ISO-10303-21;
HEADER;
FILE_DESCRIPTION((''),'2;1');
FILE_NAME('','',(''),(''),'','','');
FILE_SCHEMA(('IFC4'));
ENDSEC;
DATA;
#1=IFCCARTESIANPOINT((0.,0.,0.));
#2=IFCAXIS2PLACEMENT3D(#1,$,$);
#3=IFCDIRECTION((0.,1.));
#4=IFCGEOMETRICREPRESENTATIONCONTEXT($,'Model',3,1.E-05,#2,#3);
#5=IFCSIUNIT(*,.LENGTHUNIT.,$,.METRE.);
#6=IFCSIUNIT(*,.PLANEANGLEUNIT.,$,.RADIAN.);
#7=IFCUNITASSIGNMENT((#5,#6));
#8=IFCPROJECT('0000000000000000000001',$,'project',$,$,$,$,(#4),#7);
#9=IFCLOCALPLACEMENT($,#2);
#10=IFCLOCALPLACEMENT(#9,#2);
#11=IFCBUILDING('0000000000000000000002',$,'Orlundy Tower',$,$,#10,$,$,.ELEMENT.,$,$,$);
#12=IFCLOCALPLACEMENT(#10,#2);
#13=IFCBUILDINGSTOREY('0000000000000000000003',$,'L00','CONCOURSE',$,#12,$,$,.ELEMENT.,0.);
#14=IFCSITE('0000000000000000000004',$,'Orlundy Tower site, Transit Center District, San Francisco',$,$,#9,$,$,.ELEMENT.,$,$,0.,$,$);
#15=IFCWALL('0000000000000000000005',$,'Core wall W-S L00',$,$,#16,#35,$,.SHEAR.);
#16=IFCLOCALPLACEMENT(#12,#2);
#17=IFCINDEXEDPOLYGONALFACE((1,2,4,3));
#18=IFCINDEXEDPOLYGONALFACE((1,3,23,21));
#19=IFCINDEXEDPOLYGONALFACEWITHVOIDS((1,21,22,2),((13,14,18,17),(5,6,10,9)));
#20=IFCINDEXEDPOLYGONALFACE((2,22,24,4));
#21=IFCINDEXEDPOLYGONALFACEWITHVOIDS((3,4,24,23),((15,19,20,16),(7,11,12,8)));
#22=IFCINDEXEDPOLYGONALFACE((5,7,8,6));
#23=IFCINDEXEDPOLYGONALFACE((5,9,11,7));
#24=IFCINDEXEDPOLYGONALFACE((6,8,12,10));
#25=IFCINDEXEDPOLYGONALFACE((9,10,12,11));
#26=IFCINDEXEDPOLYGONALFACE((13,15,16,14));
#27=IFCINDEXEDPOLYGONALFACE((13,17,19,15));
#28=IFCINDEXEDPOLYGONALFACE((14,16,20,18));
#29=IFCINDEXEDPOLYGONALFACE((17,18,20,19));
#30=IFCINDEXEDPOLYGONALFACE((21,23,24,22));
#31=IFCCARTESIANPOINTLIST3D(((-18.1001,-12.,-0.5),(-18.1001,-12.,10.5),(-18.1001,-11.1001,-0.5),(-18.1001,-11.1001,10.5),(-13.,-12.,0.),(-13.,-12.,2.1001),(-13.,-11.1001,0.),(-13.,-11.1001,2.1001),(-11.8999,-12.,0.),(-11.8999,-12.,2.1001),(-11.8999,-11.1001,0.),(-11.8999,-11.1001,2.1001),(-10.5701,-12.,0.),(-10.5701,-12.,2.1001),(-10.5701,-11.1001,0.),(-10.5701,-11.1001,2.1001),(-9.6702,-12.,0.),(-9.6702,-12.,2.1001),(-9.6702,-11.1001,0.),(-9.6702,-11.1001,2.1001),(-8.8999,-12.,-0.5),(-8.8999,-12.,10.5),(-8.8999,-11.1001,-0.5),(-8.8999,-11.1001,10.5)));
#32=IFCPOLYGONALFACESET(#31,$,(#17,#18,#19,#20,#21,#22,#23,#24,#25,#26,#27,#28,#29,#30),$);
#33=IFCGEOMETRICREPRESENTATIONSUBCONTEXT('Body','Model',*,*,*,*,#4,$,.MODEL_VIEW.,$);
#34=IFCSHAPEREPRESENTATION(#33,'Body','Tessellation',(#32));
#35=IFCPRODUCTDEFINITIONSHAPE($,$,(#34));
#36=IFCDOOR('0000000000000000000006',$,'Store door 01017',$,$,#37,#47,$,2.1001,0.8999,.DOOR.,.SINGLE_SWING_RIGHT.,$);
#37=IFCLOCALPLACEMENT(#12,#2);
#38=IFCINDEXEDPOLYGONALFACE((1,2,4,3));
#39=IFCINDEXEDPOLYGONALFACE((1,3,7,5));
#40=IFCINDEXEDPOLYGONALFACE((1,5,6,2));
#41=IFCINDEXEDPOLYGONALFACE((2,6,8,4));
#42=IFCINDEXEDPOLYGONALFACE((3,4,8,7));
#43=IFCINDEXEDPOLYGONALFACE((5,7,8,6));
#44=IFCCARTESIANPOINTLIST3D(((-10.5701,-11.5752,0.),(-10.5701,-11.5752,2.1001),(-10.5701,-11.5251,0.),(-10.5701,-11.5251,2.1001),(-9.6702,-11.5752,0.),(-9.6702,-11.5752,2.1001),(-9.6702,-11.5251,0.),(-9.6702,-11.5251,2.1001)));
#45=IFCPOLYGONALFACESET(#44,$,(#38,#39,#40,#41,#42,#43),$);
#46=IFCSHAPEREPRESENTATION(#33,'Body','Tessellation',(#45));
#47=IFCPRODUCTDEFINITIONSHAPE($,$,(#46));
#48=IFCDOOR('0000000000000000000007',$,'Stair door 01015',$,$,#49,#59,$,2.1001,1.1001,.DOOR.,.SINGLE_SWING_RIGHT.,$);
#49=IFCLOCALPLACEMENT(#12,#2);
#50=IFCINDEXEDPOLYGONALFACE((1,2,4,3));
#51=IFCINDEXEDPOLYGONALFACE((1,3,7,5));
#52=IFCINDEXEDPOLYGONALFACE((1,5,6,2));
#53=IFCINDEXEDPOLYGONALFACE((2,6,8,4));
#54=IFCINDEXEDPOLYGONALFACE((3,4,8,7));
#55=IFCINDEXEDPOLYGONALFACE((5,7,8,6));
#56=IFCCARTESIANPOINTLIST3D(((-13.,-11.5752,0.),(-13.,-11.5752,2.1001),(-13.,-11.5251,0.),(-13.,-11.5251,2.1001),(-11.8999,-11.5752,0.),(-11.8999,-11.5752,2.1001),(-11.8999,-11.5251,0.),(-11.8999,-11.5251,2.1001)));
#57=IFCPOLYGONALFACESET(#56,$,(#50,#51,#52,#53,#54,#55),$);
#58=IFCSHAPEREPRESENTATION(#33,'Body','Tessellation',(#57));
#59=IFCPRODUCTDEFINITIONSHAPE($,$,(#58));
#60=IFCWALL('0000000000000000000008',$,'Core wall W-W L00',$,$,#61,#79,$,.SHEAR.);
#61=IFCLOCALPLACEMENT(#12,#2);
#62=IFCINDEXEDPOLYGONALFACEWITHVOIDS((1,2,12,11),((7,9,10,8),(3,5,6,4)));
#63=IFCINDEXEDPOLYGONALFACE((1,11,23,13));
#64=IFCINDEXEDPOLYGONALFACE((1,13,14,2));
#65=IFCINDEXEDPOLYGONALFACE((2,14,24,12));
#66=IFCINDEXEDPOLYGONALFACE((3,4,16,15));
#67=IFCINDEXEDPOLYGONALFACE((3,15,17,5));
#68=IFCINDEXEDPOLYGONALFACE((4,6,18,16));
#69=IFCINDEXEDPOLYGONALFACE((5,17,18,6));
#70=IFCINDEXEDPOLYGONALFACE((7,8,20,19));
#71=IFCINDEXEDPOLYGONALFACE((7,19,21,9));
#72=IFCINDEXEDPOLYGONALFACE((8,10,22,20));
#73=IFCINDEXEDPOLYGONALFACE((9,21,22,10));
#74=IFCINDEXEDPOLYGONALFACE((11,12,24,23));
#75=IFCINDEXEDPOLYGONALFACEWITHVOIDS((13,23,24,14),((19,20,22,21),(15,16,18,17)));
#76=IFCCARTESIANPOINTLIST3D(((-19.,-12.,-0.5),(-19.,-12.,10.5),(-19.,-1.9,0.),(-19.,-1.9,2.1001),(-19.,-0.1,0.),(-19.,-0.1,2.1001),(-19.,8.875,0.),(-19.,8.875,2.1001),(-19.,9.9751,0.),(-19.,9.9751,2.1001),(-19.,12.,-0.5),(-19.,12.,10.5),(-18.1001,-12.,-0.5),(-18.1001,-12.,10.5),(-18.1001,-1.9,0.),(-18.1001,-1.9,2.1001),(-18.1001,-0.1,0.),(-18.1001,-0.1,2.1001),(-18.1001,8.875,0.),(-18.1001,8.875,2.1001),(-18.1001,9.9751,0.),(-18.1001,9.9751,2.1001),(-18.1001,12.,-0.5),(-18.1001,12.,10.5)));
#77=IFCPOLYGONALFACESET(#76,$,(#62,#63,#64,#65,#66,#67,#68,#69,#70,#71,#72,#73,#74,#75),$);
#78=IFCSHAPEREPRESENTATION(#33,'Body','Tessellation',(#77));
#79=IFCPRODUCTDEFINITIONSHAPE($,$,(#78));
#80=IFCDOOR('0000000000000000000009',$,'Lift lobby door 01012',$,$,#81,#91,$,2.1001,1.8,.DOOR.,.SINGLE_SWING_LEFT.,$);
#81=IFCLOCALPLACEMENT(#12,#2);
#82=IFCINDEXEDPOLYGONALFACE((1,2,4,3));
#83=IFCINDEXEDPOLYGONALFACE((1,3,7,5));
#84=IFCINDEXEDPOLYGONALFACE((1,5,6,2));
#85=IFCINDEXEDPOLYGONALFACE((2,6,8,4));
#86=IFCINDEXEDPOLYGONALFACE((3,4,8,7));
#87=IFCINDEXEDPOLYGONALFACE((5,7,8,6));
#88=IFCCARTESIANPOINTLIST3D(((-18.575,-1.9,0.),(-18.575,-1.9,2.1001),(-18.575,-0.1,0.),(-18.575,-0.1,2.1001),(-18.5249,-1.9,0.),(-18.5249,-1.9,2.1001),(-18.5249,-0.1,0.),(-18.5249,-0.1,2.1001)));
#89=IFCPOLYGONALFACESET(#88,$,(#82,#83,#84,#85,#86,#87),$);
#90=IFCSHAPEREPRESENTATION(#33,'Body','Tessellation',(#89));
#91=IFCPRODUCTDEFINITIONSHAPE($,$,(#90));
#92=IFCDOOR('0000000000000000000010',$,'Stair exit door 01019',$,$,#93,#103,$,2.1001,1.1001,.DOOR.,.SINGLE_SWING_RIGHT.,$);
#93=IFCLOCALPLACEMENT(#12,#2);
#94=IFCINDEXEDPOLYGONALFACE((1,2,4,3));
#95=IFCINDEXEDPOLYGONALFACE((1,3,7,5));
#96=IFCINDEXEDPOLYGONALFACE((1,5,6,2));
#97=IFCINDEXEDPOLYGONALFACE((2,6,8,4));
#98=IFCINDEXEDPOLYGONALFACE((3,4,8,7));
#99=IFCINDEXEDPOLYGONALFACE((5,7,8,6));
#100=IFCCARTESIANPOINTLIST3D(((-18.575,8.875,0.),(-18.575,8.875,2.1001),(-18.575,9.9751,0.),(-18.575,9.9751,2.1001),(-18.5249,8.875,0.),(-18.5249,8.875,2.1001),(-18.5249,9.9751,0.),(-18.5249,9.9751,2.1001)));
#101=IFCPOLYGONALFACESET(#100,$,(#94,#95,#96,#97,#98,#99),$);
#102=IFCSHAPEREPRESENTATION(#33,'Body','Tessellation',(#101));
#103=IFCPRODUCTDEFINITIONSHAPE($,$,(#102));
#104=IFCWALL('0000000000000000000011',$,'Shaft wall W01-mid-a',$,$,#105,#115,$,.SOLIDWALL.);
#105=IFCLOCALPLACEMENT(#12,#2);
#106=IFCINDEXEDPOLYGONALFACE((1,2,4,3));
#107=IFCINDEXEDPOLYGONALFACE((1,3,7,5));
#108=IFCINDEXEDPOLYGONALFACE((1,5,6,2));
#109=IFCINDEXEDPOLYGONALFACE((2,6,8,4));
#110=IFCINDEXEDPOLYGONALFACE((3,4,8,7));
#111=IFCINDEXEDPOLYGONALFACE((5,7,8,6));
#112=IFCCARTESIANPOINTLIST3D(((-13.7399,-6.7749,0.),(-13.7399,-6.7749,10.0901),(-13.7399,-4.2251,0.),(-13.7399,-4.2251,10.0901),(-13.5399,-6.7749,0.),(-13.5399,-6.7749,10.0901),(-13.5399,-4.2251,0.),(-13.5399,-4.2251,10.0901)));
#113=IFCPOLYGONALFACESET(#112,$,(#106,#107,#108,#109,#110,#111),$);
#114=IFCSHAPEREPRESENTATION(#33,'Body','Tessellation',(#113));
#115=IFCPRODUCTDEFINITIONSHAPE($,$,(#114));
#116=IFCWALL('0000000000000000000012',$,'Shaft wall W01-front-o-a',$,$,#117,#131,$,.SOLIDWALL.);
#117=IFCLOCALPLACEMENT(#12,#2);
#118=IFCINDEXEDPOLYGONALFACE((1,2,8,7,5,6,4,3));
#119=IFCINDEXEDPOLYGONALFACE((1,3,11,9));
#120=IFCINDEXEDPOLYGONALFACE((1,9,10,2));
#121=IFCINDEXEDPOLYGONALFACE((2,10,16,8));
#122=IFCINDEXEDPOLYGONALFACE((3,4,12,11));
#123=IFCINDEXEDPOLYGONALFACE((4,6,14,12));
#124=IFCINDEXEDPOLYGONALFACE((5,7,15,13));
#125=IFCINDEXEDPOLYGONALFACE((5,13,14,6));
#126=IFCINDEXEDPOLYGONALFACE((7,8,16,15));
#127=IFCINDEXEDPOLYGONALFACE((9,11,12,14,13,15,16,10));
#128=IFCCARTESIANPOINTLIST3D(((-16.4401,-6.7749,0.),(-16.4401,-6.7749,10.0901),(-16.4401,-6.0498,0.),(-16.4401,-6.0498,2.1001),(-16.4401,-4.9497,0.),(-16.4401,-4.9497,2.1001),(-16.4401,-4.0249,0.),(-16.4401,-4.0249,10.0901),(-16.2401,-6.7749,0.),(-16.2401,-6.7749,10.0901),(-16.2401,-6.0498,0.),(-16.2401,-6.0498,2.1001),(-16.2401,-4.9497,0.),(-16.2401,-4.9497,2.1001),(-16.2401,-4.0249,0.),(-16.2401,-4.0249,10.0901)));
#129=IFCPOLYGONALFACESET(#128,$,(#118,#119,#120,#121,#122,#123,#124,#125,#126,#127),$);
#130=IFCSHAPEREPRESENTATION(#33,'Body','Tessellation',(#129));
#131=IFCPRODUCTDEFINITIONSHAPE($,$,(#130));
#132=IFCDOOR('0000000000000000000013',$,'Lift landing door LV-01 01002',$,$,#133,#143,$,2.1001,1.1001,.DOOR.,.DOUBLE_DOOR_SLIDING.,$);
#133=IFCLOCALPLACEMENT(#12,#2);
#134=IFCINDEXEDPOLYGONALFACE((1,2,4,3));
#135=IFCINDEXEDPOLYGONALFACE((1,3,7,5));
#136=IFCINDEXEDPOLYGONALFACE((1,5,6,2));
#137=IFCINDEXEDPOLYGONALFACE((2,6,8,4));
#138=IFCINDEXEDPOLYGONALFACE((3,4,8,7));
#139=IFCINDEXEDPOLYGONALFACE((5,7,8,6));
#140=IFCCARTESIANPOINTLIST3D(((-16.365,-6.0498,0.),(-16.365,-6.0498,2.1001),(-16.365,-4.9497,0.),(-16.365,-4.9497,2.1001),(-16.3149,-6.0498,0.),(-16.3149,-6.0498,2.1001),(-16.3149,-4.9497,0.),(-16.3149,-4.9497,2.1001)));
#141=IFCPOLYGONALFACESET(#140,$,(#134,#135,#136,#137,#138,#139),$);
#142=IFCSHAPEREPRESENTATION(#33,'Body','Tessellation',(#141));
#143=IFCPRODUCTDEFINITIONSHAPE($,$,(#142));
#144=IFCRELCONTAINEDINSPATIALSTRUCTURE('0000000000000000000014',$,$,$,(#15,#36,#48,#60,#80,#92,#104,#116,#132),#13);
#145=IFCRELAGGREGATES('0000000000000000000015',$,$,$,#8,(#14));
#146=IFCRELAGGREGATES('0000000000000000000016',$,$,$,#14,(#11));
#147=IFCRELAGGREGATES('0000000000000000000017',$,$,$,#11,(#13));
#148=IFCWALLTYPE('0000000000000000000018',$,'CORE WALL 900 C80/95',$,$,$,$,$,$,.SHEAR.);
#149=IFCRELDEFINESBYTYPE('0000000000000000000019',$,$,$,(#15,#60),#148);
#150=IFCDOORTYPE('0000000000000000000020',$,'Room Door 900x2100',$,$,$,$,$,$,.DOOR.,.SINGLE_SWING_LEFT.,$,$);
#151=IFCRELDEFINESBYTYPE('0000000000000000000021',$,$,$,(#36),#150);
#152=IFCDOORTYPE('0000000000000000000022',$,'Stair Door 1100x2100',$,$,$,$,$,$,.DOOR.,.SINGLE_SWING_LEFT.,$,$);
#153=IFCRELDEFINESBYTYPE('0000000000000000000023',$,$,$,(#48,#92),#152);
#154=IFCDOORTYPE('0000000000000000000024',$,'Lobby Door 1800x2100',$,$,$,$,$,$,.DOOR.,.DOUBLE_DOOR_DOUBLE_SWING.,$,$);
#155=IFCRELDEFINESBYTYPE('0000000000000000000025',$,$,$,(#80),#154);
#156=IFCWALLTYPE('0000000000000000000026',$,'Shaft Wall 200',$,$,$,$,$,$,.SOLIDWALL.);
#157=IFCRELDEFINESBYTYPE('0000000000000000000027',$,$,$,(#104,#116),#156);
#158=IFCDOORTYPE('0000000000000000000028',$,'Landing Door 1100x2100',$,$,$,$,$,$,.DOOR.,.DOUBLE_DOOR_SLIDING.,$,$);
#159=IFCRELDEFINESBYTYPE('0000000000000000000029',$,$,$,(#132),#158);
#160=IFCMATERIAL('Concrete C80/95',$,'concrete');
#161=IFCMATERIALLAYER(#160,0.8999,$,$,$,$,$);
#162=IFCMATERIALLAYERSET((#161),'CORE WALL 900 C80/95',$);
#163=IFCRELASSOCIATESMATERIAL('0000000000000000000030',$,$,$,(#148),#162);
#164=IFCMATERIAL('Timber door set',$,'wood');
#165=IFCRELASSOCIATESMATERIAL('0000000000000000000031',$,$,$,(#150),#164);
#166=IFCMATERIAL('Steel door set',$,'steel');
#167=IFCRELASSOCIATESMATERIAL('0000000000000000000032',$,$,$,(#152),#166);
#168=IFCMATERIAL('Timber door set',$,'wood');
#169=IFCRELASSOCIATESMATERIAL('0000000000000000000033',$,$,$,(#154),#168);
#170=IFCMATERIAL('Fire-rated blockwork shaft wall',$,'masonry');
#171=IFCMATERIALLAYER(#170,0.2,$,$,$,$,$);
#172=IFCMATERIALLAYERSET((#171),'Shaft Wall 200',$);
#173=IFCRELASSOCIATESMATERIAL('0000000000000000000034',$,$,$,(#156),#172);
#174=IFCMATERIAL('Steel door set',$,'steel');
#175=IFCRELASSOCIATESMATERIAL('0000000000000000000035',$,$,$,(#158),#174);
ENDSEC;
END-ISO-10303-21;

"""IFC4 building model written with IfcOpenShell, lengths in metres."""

from ifc_helpers import new_model, si_unit, direction, frame, frame_2d, origin, place, context, subcontext, project, spatial, rectangle, extrude, material, layer, layer_set, type_object, element, fill, save


model = new_model("IFC4")

# Units and contexts
model_context = context("Model", 3, precision=1e-05, world=origin(), true_north=direction((0.0, 1.0)))
body_context = subcontext(model_context, "Body", "Model", "MODEL_VIEW")
ifc_project = project(units=[si_unit("LENGTHUNIT", "METRE"), si_unit("PLANEANGLEUNIT", "RADIAN")], contexts=[model_context])

# Site, building, storey
site_placement = place(None, origin())
site = spatial("IfcSite", under=ifc_project, at=site_placement, Name="Orlundy Tower site, Transit Center District, San Francisco", CompositionType="ELEMENT", RefElevation=0.0)
building_placement = place(site_placement, origin())
building = spatial("IfcBuilding", under=site, at=building_placement, Name="Orlundy Tower", CompositionType="ELEMENT")
storey_placement = place(building_placement, origin())
storey = spatial("IfcBuildingStorey", under=building, at=storey_placement, Name="L00", Description="CONCOURSE", CompositionType="ELEMENT", Elevation=0.0)

# Walls, openings, doors
ifc_material_1 = material(Name="Concrete C80/95", Category="concrete")
ifc_layer_1 = layer(ifc_material_1, 0.8999)
ifc_layer_set_1 = layer_set([ifc_layer_1], Name="CORE WALL 900 C80/95")
wall_type_1 = type_object("IfcWallType", Name="CORE WALL 900 C80/95", PredefinedType="SHEAR", material=ifc_layer_set_1)
wall_1_placement = place(storey_placement, frame((-18.1001, -11.55, -0.5), z_axis=(0.0, 0.0, 1.0), x_axis=(1.0, 0.0, 0.0)))
wall_1 = element("IfcWall", 1, at=wall_1_placement, inside=storey, type_object=wall_type_1, Name="Core wall W-S L00", PredefinedType="SHEAR", context=body_context, shape_type="SweptSolid", body=[
    extrude(rectangle(XDim=9.2002, YDim=0.8999, at=frame_2d((4.6001, 0.0))), origin(), (0.0, 0.0, 1.0), 11.0),
])
opening_1_placement = place(wall_1_placement, frame((5.1001, 0.0, 0.5)))
opening_1 = element("IfcOpeningElement", 2, at=opening_1_placement, cuts=wall_1, PredefinedType="OPENING", context=body_context, shape_type="SweptSolid", body=[
    extrude(rectangle(XDim=1.1001, YDim=2.1001, at=frame_2d((0.55, 1.05))), frame((0.0, 0.46, 0.0), z_axis=(0.0, -1.0, 0.0), x_axis=(1.0, 0.0, 0.0)), (0.0, 0.0, 1.0), 0.9199),
])
opening_2_placement = place(wall_1_placement, frame((7.53, 0.0, 0.5)))
opening_2 = element("IfcOpeningElement", 3, at=opening_2_placement, cuts=wall_1, PredefinedType="OPENING", context=body_context, shape_type="SweptSolid", body=[
    extrude(rectangle(XDim=0.8999, YDim=2.1001, at=frame_2d((0.45, 1.05))), frame((0.0, 0.46, 0.0), z_axis=(0.0, -1.0, 0.0), x_axis=(1.0, 0.0, 0.0)), (0.0, 0.0, 1.0), 0.9199),
])
ifc_material_2 = material(Name="Timber door set", Category="wood")
door_type_1 = type_object("IfcDoorType", Name="Room Door 900x2100", OperationType="SINGLE_SWING_LEFT", PredefinedType="DOOR", material=ifc_material_2)
door_1_placement = place(opening_2_placement, origin())
door_1 = element("IfcDoor", 4, at=door_1_placement, inside=storey, type_object=door_type_1, Name="Store door 01017", OperationType="SINGLE_SWING_RIGHT", OverallHeight=2.1001, OverallWidth=0.8999, PredefinedType="DOOR", context=body_context, shape_type="SweptSolid", body=[
    extrude(rectangle(XDim=0.8999, YDim=2.1001, at=frame_2d((0.45, 1.05))), frame((0.0, 0.0249, 0.0), z_axis=(0.0, -1.0, 0.0), x_axis=(1.0, 0.0, 0.0)), (0.0, 0.0, 1.0), 0.05),
])
fill(opening_2, door_1)
ifc_material_3 = material(Name="Steel door set", Category="steel")
door_type_2 = type_object("IfcDoorType", Name="Stair Door 1100x2100", OperationType="SINGLE_SWING_LEFT", PredefinedType="DOOR", material=ifc_material_3)
door_2_placement = place(opening_1_placement, origin())
door_2 = element("IfcDoor", 5, at=door_2_placement, inside=storey, type_object=door_type_2, Name="Stair door 01015", OperationType="SINGLE_SWING_RIGHT", OverallHeight=2.1001, OverallWidth=1.1001, PredefinedType="DOOR", context=body_context, shape_type="SweptSolid", body=[
    extrude(rectangle(XDim=1.1001, YDim=2.1001, at=frame_2d((0.55, 1.05))), frame((0.0, 0.0249, 0.0), z_axis=(0.0, -1.0, 0.0), x_axis=(1.0, 0.0, 0.0)), (0.0, 0.0, 1.0), 0.05),
])
fill(opening_1, door_2)
wall_2_placement = place(storey_placement, frame((-18.55, -12.0, -0.5), z_axis=(0.0, 0.0, 1.0), x_axis=(0.0, 1.0, 0.0)))
wall_2 = element("IfcWall", 6, at=wall_2_placement, inside=storey, type_object=wall_type_1, Name="Core wall W-W L00", PredefinedType="SHEAR", context=body_context, shape_type="SweptSolid", body=[
    extrude(rectangle(XDim=24.0, YDim=0.8999, at=frame_2d((12.0, 0.0))), origin(), (0.0, 0.0, 1.0), 11.0),
])
opening_3_placement = place(wall_2_placement, frame((10.1001, 0.0, 0.5)))
opening_3 = element("IfcOpeningElement", 7, at=opening_3_placement, cuts=wall_2, PredefinedType="OPENING", context=body_context, shape_type="SweptSolid", body=[
    extrude(rectangle(XDim=1.8, YDim=2.1001, at=frame_2d((0.8999, 1.05))), frame((0.0, 0.46, 0.0), z_axis=(0.0, -1.0, 0.0), x_axis=(1.0, 0.0, 0.0)), (0.0, 0.0, 1.0), 0.9199),
])
opening_4_placement = place(wall_2_placement, frame((20.875, 0.0, 0.5)))
opening_4 = element("IfcOpeningElement", 8, at=opening_4_placement, cuts=wall_2, PredefinedType="OPENING", context=body_context, shape_type="SweptSolid", body=[
    extrude(rectangle(XDim=1.1001, YDim=2.1001, at=frame_2d((0.55, 1.05))), frame((0.0, 0.46, 0.0), z_axis=(0.0, -1.0, 0.0), x_axis=(1.0, 0.0, 0.0)), (0.0, 0.0, 1.0), 0.9199),
])
ifc_material_4 = material(Name="Timber door set", Category="wood")
door_type_3 = type_object("IfcDoorType", Name="Lobby Door 1800x2100", OperationType="DOUBLE_DOOR_DOUBLE_SWING", PredefinedType="DOOR", material=ifc_material_4)
door_3_placement = place(opening_3_placement, origin())
door_3 = element("IfcDoor", 9, at=door_3_placement, inside=storey, type_object=door_type_3, Name="Lift lobby door 01012", OperationType="SINGLE_SWING_LEFT", OverallHeight=2.1001, OverallWidth=1.8, PredefinedType="DOOR", context=body_context, shape_type="SweptSolid", body=[
    extrude(rectangle(XDim=1.8, YDim=2.1001, at=frame_2d((0.8999, 1.05))), frame((0.0, 0.0249, 0.0), z_axis=(0.0, -1.0, 0.0), x_axis=(1.0, 0.0, 0.0)), (0.0, 0.0, 1.0), 0.05),
])
fill(opening_3, door_3)
door_4_placement = place(opening_4_placement, origin())
door_4 = element("IfcDoor", 10, at=door_4_placement, inside=storey, type_object=door_type_2, Name="Stair exit door 01019", OperationType="SINGLE_SWING_RIGHT", OverallHeight=2.1001, OverallWidth=1.1001, PredefinedType="DOOR", context=body_context, shape_type="SweptSolid", body=[
    extrude(rectangle(XDim=1.1001, YDim=2.1001, at=frame_2d((0.55, 1.05))), frame((0.0, 0.0249, 0.0), z_axis=(0.0, -1.0, 0.0), x_axis=(1.0, 0.0, 0.0)), (0.0, 0.0, 1.0), 0.05),
])
fill(opening_4, door_4)

# Wall
ifc_material_5 = material(Name="Fire-rated blockwork shaft wall", Category="masonry")
ifc_layer_2 = layer(ifc_material_5, 0.2)
ifc_layer_set_2 = layer_set([ifc_layer_2], Name="Shaft Wall 200")
wall_type_2 = type_object("IfcWallType", Name="Shaft Wall 200", PredefinedType="SOLIDWALL", material=ifc_layer_set_2)
wall_3_placement = place(storey_placement, frame((-13.6399, -6.7749, 0.0), z_axis=(0.0, 0.0, 1.0), x_axis=(0.0, 1.0, 0.0)))
element("IfcWall", 11, at=wall_3_placement, inside=storey, type_object=wall_type_2, Name="Shaft wall W01-mid-a", PredefinedType="SOLIDWALL", context=body_context, shape_type="SweptSolid", body=[
    extrude(rectangle(XDim=2.5498, YDim=0.2, at=frame_2d((1.2749, 0.0))), origin(), (0.0, 0.0, 1.0), 10.0901),
])

# Wall, opening, door
wall_4_placement = place(storey_placement, frame((-16.3401, -6.7749, 0.0), z_axis=(0.0, 0.0, 1.0), x_axis=(0.0, 1.0, 0.0)))
wall_4 = element("IfcWall", 12, at=wall_4_placement, inside=storey, type_object=wall_type_2, Name="Shaft wall W01-front-o-a", PredefinedType="SOLIDWALL", context=body_context, shape_type="SweptSolid", body=[
    extrude(rectangle(XDim=2.75, YDim=0.2, at=frame_2d((1.375, 0.0))), origin(), (0.0, 0.0, 1.0), 10.0901),
])
opening_5_placement = place(wall_4_placement, frame((0.7251, 0.0, 0.0)))
opening_5 = element("IfcOpeningElement", 13, at=opening_5_placement, cuts=wall_4, PredefinedType="OPENING", context=body_context, shape_type="SweptSolid", body=[
    extrude(rectangle(XDim=1.1001, YDim=2.1001, at=frame_2d((0.55, 1.05))), frame((0.0, 0.1101, 0.0), z_axis=(0.0, -1.0, 0.0), x_axis=(1.0, 0.0, 0.0)), (0.0, 0.0, 1.0), 0.2202),
])
ifc_material_6 = material(Name="Steel door set", Category="steel")
door_type_4 = type_object("IfcDoorType", Name="Landing Door 1100x2100", OperationType="DOUBLE_DOOR_SLIDING", PredefinedType="DOOR", material=ifc_material_6)
door_5_placement = place(opening_5_placement, origin())
door_5 = element("IfcDoor", 14, at=door_5_placement, inside=storey, type_object=door_type_4, Name="Lift landing door LV-01 01002", OperationType="DOUBLE_DOOR_SLIDING", OverallHeight=2.1001, OverallWidth=1.1001, PredefinedType="DOOR", context=body_context, shape_type="SweptSolid", body=[
    extrude(rectangle(XDim=1.1001, YDim=2.1001, at=frame_2d((0.55, 1.05))), frame((0.0, 0.0249, 0.0), z_axis=(0.0, -1.0, 0.0), x_axis=(1.0, 0.0, 0.0)), (0.0, 0.0, 1.0), 0.05),
])
fill(opening_5, door_5)

save(model, "model.ifc")
